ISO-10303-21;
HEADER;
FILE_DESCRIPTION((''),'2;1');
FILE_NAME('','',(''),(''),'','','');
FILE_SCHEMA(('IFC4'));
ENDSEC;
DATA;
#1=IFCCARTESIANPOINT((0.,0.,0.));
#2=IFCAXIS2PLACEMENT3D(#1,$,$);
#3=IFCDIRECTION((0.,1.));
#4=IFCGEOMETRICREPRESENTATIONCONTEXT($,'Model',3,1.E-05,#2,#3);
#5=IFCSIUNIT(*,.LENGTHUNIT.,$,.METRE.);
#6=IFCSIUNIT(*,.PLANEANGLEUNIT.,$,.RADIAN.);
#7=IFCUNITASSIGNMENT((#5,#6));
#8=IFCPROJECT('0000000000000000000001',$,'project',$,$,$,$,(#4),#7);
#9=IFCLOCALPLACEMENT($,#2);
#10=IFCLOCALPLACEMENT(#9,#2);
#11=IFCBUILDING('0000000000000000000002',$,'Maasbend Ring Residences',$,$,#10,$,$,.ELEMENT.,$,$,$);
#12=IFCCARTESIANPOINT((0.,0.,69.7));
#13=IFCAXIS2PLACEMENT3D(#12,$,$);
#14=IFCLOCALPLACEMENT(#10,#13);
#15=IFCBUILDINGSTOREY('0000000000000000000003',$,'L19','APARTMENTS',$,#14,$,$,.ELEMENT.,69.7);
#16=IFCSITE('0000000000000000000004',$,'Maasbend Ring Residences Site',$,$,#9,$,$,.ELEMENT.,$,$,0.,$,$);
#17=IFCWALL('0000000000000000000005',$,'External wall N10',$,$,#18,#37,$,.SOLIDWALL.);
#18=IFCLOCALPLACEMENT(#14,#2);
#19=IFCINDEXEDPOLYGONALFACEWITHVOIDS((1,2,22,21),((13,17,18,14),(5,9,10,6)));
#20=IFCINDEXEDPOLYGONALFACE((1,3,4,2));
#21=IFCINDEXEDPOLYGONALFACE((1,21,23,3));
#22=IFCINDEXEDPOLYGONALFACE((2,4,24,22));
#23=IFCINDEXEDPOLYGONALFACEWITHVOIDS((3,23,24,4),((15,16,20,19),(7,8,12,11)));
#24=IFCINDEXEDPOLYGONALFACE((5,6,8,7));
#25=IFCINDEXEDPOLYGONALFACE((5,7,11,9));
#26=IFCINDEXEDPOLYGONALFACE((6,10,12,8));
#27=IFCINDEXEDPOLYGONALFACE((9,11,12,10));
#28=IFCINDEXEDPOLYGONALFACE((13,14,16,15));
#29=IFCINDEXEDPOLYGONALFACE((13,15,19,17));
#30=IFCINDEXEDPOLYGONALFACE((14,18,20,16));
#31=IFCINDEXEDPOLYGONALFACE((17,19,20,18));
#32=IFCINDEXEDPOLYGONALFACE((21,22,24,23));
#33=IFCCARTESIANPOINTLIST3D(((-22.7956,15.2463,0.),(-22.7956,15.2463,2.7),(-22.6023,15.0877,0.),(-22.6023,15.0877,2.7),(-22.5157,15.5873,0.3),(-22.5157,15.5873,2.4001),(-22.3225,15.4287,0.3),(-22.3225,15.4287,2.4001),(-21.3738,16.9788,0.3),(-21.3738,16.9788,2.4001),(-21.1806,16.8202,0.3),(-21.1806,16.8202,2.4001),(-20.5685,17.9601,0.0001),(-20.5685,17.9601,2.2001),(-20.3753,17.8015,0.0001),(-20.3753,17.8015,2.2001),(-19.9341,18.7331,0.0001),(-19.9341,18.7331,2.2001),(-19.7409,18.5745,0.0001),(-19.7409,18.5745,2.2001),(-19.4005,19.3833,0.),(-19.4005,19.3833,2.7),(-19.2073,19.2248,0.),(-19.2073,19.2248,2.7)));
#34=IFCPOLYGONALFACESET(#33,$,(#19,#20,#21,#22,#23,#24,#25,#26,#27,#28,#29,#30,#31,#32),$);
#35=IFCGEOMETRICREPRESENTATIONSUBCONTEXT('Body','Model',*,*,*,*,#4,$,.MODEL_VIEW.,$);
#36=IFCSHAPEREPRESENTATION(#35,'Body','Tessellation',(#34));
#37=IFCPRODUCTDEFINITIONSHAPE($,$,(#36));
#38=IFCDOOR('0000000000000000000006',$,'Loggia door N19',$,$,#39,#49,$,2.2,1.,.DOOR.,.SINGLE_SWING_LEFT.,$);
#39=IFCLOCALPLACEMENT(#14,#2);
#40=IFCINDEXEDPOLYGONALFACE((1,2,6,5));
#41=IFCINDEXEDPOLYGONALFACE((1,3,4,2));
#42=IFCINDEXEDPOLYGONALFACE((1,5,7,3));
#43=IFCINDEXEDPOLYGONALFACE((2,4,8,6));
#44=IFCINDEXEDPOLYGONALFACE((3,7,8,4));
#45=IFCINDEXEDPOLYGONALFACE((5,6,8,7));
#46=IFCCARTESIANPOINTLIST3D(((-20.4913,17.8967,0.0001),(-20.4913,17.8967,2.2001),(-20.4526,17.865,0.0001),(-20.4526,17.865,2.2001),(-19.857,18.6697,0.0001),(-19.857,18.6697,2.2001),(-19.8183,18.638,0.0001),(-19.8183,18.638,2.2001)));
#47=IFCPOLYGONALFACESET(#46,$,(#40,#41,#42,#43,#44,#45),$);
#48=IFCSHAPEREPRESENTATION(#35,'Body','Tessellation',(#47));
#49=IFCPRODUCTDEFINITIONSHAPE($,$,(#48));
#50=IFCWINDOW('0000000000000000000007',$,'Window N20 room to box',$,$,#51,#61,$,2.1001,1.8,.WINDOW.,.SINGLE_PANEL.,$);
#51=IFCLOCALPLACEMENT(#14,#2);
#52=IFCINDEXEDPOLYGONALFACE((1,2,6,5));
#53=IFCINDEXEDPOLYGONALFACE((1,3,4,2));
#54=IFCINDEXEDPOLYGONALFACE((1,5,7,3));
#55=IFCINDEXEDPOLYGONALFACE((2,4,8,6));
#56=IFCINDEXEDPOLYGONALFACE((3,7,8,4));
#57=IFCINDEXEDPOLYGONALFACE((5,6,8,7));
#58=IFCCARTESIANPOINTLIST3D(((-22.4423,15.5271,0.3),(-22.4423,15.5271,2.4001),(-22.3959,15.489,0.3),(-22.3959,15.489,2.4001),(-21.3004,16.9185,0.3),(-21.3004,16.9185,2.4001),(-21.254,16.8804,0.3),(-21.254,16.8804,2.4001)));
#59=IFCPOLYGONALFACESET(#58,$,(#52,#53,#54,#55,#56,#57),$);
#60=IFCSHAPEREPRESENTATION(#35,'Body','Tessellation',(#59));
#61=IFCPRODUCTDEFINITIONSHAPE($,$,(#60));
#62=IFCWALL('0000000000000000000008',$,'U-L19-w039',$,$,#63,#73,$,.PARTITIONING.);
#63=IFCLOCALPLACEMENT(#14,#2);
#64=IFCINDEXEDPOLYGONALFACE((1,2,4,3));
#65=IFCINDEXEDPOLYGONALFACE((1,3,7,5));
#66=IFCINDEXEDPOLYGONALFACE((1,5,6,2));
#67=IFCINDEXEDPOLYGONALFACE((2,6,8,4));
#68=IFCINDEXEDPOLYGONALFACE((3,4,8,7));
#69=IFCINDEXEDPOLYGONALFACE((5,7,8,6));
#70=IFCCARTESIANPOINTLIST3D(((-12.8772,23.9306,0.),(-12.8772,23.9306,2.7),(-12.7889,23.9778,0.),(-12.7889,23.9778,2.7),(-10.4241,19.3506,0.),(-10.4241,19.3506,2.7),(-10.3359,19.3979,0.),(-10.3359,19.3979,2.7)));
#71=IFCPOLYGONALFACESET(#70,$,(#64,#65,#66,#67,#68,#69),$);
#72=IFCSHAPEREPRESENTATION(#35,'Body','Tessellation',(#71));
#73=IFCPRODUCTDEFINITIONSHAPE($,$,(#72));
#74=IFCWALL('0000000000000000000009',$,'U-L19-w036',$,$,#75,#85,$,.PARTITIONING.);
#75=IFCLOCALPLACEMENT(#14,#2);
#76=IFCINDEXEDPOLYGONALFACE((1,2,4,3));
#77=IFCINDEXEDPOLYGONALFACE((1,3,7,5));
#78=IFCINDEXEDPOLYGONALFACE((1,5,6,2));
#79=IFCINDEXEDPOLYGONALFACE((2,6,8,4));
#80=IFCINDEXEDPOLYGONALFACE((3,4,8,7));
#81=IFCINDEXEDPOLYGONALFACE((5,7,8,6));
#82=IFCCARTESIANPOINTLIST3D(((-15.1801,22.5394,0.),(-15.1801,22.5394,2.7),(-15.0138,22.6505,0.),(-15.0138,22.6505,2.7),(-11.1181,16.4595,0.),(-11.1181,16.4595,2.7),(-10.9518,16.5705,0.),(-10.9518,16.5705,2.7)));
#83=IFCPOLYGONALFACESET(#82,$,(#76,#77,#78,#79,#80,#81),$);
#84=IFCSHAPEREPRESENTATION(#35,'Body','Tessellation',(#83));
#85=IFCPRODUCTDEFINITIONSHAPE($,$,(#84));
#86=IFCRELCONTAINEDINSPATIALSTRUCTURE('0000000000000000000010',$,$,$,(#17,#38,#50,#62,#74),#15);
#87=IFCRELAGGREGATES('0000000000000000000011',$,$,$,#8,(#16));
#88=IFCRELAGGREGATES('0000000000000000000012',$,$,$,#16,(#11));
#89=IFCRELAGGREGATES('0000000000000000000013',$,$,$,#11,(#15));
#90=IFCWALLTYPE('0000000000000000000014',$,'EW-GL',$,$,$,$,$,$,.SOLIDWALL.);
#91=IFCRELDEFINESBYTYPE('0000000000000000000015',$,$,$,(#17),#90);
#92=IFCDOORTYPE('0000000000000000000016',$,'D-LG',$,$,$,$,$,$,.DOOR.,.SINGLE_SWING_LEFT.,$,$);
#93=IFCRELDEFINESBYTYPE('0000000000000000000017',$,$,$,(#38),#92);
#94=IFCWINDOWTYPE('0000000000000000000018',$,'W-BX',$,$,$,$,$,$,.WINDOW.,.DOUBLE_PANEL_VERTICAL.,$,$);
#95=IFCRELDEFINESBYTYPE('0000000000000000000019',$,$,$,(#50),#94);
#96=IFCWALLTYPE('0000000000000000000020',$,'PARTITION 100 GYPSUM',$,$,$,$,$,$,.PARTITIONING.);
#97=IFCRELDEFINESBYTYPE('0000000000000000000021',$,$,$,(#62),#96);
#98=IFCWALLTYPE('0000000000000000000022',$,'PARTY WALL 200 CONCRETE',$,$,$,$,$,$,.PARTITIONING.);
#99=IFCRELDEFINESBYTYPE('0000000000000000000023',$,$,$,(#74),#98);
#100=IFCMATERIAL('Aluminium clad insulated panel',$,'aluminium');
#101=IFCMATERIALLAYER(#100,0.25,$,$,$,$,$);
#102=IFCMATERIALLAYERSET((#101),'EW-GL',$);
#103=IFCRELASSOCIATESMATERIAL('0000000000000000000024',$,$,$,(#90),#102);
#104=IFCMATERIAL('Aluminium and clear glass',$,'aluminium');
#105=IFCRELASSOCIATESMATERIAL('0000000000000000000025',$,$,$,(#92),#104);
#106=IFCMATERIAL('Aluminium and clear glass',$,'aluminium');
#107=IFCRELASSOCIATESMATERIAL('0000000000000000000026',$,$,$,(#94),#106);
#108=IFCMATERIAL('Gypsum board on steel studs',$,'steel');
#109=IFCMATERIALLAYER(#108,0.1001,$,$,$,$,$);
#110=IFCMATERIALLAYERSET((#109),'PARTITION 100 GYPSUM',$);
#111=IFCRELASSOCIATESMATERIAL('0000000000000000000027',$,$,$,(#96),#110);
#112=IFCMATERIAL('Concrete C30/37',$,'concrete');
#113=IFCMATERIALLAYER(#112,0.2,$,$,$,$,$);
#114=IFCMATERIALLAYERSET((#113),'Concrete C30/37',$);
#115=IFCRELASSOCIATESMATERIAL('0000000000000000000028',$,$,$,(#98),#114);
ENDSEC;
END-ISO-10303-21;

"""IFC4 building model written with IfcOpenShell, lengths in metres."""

from ifc_helpers import new_model, si_unit, direction, frame, frame_2d, origin, place, context, subcontext, project, spatial, rectangle, extrude, material, layer, layer_set, type_object, element, fill, save


model = new_model("IFC4")

# Units and contexts
model_context = context("Model", 3, precision=1e-05, world=origin(), true_north=direction((0.0, 1.0)))
body_context = subcontext(model_context, "Body", "Model", "MODEL_VIEW")
ifc_project = project(units=[si_unit("LENGTHUNIT", "METRE"), si_unit("PLANEANGLEUNIT", "RADIAN")], contexts=[model_context])

# Site, building, storey
site_placement = place(None, origin())
site = spatial("IfcSite", under=ifc_project, at=site_placement, Name="Maasbend Ring Residences Site", CompositionType="ELEMENT", RefElevation=0.0)
building_placement = place(site_placement, origin())
building = spatial("IfcBuilding", under=site, at=building_placement, Name="Maasbend Ring Residences", CompositionType="ELEMENT")
storey_placement = place(building_placement, frame((0.0, 0.0, 69.7)))
storey = spatial("IfcBuildingStorey", under=building, at=storey_placement, Name="L19", Description="APARTMENTS", CompositionType="ELEMENT", Elevation=69.7)

# Wall, openings, door, window
ifc_material_1 = material(Name="Aluminium clad insulated panel", Category="aluminium")
ifc_layer_1 = layer(ifc_material_1, 0.25)
ifc_layer_set_1 = layer_set([ifc_layer_1], Name="EW-GL")
wall_type_1 = type_object("IfcWallType", Name="EW-GL", PredefinedType="SOLIDWALL", material=ifc_layer_set_1)
ifc_material_2 = material(Name="Aluminium and clear glass", Category="aluminium")
door_type = type_object("IfcDoorType", Name="D-LG", OperationType="SINGLE_SWING_LEFT", PredefinedType="DOOR", material=ifc_material_2)
ifc_material_3 = material(Name="Aluminium and clear glass", Category="aluminium")
window_type_1 = type_object("IfcWindowType", Name="W-BX", PartitioningType="DOUBLE_PANEL_VERTICAL", PredefinedType="WINDOW", material=ifc_material_3)
wall_1_placement = place(storey_placement, frame((-19.304, 19.304, 0.0), z_axis=(0.0, 0.0, 1.0), x_axis=(-0.634382, -0.773019, 0.0)))
wall_1 = element("IfcWall", 1, at=wall_1_placement, inside=storey, type_object=wall_type_1, Name="External wall N10", PredefinedType="SOLIDWALL", context=body_context, shape_type="SweptSolid", body=[
    extrude(rectangle(XDim=5.3518, YDim=0.25, at=frame_2d((2.6758, 0.0))), origin(), (0.0, 0.0, 1.0), 2.7),
])
opening_1_placement = place(wall_1_placement, frame((0.8411, 0.0, 0.0)))
opening_1 = element("IfcOpeningElement", 2, at=opening_1_placement, cuts=wall_1, PredefinedType="OPENING", context=body_context, shape_type="SweptSolid", body=[
    extrude(rectangle(XDim=1.0, YDim=2.2, at=frame_2d((0.5, 1.1001))), frame((0.0, 0.135, 0.0), z_axis=(0.0, -1.0, 0.0), x_axis=(1.0, 0.0, 0.0)), (0.0, 0.0, 1.0), 0.27),
])
opening_2_placement = place(wall_1_placement, frame((3.1106, 0.0, 0.3)))
opening_2 = element("IfcOpeningElement", 3, at=opening_2_placement, cuts=wall_1, PredefinedType="OPENING", context=body_context, shape_type="SweptSolid", body=[
    extrude(rectangle(XDim=1.8, YDim=2.1001, at=frame_2d((0.8999, 1.05))), frame((0.0, 0.135, 0.0), z_axis=(0.0, -1.0, 0.0), x_axis=(1.0, 0.0, 0.0)), (0.0, 0.0, 1.0), 0.27),
])
door_1_placement = place(opening_1_placement, origin())
door_1 = element("IfcDoor", 4, at=door_1_placement, inside=storey, type_object=door_type, Name="Loggia door N19", OperationType="SINGLE_SWING_LEFT", OverallHeight=2.2, OverallWidth=1.0, PredefinedType="DOOR", context=body_context, shape_type="SweptSolid", body=[
    extrude(rectangle(XDim=1.0, YDim=2.2, at=frame_2d((0.5, 1.1001))), frame((0.0, 0.0249, 0.0), z_axis=(0.0, -1.0, 0.0), x_axis=(1.0, 0.0, 0.0)), (0.0, 0.0, 1.0), 0.05),
])
fill(opening_1, door_1)
window_1_placement = place(opening_2_placement, origin())
window_1 = element("IfcWindow", 5, at=window_1_placement, inside=storey, type_object=window_type_1, Name="Window N20 room to box", OverallHeight=2.1001, OverallWidth=1.8, PartitioningType="SINGLE_PANEL", PredefinedType="WINDOW", context=body_context, shape_type="SweptSolid", body=[
    extrude(rectangle(XDim=1.8, YDim=2.1001, at=frame_2d((0.8999, 1.05))), frame((0.0, 0.03, 0.0), z_axis=(0.0, -1.0, 0.0), x_axis=(1.0, 0.0, 0.0)), (0.0, 0.0, 1.0), 0.0601),
])
fill(opening_2, window_1)

# Walls
ifc_material_4 = material(Name="Gypsum board on steel studs", Category="steel")
ifc_layer_2 = layer(ifc_material_4, 0.1001)
ifc_layer_set_2 = layer_set([ifc_layer_2], Name="PARTITION 100 GYPSUM")
wall_type_2 = type_object("IfcWallType", Name="PARTITION 100 GYPSUM", PredefinedType="PARTITIONING", material=ifc_layer_set_2)
wall_2_placement = place(storey_placement, frame((-12.833, 23.9541, 0.0), z_axis=(0.0, 0.0, 1.0), x_axis=(0.472148, -0.881519, 0.0)))
element("IfcWall", 6, at=wall_2_placement, inside=storey, type_object=wall_type_2, Name="U-L19-w039", PredefinedType="PARTITIONING", context=body_context, shape_type="SweptSolid", body=[
    extrude(rectangle(XDim=5.1956, YDim=0.1001, at=frame_2d((2.5977, 0.0))), origin(), (0.0, 0.0, 1.0), 2.7),
])
ifc_material_5 = material(Name="Concrete C30/37", Category="concrete")
ifc_layer_3 = layer(ifc_material_5, 0.2)
ifc_layer_set_3 = layer_set([ifc_layer_3], Name="Concrete C30/37")
wall_type_3 = type_object("IfcWallType", Name="PARTY WALL 200 CONCRETE", PredefinedType="PARTITIONING", material=ifc_layer_set_3)
wall_3_placement = place(storey_placement, frame((-15.0969, 22.595, 0.0), z_axis=(0.0, 0.0, 1.0), x_axis=(0.555517, -0.831505, 0.0)))
element("IfcWall", 7, at=wall_3_placement, inside=storey, type_object=wall_type_3, Name="U-L19-w036", PredefinedType="PARTITIONING", context=body_context, shape_type="SweptSolid", body=[
    extrude(rectangle(XDim=7.312, YDim=0.2, at=frame_2d((3.656, 0.0))), origin(), (0.0, 0.0, 1.0), 2.7),
])

save(model, "model.ifc")
